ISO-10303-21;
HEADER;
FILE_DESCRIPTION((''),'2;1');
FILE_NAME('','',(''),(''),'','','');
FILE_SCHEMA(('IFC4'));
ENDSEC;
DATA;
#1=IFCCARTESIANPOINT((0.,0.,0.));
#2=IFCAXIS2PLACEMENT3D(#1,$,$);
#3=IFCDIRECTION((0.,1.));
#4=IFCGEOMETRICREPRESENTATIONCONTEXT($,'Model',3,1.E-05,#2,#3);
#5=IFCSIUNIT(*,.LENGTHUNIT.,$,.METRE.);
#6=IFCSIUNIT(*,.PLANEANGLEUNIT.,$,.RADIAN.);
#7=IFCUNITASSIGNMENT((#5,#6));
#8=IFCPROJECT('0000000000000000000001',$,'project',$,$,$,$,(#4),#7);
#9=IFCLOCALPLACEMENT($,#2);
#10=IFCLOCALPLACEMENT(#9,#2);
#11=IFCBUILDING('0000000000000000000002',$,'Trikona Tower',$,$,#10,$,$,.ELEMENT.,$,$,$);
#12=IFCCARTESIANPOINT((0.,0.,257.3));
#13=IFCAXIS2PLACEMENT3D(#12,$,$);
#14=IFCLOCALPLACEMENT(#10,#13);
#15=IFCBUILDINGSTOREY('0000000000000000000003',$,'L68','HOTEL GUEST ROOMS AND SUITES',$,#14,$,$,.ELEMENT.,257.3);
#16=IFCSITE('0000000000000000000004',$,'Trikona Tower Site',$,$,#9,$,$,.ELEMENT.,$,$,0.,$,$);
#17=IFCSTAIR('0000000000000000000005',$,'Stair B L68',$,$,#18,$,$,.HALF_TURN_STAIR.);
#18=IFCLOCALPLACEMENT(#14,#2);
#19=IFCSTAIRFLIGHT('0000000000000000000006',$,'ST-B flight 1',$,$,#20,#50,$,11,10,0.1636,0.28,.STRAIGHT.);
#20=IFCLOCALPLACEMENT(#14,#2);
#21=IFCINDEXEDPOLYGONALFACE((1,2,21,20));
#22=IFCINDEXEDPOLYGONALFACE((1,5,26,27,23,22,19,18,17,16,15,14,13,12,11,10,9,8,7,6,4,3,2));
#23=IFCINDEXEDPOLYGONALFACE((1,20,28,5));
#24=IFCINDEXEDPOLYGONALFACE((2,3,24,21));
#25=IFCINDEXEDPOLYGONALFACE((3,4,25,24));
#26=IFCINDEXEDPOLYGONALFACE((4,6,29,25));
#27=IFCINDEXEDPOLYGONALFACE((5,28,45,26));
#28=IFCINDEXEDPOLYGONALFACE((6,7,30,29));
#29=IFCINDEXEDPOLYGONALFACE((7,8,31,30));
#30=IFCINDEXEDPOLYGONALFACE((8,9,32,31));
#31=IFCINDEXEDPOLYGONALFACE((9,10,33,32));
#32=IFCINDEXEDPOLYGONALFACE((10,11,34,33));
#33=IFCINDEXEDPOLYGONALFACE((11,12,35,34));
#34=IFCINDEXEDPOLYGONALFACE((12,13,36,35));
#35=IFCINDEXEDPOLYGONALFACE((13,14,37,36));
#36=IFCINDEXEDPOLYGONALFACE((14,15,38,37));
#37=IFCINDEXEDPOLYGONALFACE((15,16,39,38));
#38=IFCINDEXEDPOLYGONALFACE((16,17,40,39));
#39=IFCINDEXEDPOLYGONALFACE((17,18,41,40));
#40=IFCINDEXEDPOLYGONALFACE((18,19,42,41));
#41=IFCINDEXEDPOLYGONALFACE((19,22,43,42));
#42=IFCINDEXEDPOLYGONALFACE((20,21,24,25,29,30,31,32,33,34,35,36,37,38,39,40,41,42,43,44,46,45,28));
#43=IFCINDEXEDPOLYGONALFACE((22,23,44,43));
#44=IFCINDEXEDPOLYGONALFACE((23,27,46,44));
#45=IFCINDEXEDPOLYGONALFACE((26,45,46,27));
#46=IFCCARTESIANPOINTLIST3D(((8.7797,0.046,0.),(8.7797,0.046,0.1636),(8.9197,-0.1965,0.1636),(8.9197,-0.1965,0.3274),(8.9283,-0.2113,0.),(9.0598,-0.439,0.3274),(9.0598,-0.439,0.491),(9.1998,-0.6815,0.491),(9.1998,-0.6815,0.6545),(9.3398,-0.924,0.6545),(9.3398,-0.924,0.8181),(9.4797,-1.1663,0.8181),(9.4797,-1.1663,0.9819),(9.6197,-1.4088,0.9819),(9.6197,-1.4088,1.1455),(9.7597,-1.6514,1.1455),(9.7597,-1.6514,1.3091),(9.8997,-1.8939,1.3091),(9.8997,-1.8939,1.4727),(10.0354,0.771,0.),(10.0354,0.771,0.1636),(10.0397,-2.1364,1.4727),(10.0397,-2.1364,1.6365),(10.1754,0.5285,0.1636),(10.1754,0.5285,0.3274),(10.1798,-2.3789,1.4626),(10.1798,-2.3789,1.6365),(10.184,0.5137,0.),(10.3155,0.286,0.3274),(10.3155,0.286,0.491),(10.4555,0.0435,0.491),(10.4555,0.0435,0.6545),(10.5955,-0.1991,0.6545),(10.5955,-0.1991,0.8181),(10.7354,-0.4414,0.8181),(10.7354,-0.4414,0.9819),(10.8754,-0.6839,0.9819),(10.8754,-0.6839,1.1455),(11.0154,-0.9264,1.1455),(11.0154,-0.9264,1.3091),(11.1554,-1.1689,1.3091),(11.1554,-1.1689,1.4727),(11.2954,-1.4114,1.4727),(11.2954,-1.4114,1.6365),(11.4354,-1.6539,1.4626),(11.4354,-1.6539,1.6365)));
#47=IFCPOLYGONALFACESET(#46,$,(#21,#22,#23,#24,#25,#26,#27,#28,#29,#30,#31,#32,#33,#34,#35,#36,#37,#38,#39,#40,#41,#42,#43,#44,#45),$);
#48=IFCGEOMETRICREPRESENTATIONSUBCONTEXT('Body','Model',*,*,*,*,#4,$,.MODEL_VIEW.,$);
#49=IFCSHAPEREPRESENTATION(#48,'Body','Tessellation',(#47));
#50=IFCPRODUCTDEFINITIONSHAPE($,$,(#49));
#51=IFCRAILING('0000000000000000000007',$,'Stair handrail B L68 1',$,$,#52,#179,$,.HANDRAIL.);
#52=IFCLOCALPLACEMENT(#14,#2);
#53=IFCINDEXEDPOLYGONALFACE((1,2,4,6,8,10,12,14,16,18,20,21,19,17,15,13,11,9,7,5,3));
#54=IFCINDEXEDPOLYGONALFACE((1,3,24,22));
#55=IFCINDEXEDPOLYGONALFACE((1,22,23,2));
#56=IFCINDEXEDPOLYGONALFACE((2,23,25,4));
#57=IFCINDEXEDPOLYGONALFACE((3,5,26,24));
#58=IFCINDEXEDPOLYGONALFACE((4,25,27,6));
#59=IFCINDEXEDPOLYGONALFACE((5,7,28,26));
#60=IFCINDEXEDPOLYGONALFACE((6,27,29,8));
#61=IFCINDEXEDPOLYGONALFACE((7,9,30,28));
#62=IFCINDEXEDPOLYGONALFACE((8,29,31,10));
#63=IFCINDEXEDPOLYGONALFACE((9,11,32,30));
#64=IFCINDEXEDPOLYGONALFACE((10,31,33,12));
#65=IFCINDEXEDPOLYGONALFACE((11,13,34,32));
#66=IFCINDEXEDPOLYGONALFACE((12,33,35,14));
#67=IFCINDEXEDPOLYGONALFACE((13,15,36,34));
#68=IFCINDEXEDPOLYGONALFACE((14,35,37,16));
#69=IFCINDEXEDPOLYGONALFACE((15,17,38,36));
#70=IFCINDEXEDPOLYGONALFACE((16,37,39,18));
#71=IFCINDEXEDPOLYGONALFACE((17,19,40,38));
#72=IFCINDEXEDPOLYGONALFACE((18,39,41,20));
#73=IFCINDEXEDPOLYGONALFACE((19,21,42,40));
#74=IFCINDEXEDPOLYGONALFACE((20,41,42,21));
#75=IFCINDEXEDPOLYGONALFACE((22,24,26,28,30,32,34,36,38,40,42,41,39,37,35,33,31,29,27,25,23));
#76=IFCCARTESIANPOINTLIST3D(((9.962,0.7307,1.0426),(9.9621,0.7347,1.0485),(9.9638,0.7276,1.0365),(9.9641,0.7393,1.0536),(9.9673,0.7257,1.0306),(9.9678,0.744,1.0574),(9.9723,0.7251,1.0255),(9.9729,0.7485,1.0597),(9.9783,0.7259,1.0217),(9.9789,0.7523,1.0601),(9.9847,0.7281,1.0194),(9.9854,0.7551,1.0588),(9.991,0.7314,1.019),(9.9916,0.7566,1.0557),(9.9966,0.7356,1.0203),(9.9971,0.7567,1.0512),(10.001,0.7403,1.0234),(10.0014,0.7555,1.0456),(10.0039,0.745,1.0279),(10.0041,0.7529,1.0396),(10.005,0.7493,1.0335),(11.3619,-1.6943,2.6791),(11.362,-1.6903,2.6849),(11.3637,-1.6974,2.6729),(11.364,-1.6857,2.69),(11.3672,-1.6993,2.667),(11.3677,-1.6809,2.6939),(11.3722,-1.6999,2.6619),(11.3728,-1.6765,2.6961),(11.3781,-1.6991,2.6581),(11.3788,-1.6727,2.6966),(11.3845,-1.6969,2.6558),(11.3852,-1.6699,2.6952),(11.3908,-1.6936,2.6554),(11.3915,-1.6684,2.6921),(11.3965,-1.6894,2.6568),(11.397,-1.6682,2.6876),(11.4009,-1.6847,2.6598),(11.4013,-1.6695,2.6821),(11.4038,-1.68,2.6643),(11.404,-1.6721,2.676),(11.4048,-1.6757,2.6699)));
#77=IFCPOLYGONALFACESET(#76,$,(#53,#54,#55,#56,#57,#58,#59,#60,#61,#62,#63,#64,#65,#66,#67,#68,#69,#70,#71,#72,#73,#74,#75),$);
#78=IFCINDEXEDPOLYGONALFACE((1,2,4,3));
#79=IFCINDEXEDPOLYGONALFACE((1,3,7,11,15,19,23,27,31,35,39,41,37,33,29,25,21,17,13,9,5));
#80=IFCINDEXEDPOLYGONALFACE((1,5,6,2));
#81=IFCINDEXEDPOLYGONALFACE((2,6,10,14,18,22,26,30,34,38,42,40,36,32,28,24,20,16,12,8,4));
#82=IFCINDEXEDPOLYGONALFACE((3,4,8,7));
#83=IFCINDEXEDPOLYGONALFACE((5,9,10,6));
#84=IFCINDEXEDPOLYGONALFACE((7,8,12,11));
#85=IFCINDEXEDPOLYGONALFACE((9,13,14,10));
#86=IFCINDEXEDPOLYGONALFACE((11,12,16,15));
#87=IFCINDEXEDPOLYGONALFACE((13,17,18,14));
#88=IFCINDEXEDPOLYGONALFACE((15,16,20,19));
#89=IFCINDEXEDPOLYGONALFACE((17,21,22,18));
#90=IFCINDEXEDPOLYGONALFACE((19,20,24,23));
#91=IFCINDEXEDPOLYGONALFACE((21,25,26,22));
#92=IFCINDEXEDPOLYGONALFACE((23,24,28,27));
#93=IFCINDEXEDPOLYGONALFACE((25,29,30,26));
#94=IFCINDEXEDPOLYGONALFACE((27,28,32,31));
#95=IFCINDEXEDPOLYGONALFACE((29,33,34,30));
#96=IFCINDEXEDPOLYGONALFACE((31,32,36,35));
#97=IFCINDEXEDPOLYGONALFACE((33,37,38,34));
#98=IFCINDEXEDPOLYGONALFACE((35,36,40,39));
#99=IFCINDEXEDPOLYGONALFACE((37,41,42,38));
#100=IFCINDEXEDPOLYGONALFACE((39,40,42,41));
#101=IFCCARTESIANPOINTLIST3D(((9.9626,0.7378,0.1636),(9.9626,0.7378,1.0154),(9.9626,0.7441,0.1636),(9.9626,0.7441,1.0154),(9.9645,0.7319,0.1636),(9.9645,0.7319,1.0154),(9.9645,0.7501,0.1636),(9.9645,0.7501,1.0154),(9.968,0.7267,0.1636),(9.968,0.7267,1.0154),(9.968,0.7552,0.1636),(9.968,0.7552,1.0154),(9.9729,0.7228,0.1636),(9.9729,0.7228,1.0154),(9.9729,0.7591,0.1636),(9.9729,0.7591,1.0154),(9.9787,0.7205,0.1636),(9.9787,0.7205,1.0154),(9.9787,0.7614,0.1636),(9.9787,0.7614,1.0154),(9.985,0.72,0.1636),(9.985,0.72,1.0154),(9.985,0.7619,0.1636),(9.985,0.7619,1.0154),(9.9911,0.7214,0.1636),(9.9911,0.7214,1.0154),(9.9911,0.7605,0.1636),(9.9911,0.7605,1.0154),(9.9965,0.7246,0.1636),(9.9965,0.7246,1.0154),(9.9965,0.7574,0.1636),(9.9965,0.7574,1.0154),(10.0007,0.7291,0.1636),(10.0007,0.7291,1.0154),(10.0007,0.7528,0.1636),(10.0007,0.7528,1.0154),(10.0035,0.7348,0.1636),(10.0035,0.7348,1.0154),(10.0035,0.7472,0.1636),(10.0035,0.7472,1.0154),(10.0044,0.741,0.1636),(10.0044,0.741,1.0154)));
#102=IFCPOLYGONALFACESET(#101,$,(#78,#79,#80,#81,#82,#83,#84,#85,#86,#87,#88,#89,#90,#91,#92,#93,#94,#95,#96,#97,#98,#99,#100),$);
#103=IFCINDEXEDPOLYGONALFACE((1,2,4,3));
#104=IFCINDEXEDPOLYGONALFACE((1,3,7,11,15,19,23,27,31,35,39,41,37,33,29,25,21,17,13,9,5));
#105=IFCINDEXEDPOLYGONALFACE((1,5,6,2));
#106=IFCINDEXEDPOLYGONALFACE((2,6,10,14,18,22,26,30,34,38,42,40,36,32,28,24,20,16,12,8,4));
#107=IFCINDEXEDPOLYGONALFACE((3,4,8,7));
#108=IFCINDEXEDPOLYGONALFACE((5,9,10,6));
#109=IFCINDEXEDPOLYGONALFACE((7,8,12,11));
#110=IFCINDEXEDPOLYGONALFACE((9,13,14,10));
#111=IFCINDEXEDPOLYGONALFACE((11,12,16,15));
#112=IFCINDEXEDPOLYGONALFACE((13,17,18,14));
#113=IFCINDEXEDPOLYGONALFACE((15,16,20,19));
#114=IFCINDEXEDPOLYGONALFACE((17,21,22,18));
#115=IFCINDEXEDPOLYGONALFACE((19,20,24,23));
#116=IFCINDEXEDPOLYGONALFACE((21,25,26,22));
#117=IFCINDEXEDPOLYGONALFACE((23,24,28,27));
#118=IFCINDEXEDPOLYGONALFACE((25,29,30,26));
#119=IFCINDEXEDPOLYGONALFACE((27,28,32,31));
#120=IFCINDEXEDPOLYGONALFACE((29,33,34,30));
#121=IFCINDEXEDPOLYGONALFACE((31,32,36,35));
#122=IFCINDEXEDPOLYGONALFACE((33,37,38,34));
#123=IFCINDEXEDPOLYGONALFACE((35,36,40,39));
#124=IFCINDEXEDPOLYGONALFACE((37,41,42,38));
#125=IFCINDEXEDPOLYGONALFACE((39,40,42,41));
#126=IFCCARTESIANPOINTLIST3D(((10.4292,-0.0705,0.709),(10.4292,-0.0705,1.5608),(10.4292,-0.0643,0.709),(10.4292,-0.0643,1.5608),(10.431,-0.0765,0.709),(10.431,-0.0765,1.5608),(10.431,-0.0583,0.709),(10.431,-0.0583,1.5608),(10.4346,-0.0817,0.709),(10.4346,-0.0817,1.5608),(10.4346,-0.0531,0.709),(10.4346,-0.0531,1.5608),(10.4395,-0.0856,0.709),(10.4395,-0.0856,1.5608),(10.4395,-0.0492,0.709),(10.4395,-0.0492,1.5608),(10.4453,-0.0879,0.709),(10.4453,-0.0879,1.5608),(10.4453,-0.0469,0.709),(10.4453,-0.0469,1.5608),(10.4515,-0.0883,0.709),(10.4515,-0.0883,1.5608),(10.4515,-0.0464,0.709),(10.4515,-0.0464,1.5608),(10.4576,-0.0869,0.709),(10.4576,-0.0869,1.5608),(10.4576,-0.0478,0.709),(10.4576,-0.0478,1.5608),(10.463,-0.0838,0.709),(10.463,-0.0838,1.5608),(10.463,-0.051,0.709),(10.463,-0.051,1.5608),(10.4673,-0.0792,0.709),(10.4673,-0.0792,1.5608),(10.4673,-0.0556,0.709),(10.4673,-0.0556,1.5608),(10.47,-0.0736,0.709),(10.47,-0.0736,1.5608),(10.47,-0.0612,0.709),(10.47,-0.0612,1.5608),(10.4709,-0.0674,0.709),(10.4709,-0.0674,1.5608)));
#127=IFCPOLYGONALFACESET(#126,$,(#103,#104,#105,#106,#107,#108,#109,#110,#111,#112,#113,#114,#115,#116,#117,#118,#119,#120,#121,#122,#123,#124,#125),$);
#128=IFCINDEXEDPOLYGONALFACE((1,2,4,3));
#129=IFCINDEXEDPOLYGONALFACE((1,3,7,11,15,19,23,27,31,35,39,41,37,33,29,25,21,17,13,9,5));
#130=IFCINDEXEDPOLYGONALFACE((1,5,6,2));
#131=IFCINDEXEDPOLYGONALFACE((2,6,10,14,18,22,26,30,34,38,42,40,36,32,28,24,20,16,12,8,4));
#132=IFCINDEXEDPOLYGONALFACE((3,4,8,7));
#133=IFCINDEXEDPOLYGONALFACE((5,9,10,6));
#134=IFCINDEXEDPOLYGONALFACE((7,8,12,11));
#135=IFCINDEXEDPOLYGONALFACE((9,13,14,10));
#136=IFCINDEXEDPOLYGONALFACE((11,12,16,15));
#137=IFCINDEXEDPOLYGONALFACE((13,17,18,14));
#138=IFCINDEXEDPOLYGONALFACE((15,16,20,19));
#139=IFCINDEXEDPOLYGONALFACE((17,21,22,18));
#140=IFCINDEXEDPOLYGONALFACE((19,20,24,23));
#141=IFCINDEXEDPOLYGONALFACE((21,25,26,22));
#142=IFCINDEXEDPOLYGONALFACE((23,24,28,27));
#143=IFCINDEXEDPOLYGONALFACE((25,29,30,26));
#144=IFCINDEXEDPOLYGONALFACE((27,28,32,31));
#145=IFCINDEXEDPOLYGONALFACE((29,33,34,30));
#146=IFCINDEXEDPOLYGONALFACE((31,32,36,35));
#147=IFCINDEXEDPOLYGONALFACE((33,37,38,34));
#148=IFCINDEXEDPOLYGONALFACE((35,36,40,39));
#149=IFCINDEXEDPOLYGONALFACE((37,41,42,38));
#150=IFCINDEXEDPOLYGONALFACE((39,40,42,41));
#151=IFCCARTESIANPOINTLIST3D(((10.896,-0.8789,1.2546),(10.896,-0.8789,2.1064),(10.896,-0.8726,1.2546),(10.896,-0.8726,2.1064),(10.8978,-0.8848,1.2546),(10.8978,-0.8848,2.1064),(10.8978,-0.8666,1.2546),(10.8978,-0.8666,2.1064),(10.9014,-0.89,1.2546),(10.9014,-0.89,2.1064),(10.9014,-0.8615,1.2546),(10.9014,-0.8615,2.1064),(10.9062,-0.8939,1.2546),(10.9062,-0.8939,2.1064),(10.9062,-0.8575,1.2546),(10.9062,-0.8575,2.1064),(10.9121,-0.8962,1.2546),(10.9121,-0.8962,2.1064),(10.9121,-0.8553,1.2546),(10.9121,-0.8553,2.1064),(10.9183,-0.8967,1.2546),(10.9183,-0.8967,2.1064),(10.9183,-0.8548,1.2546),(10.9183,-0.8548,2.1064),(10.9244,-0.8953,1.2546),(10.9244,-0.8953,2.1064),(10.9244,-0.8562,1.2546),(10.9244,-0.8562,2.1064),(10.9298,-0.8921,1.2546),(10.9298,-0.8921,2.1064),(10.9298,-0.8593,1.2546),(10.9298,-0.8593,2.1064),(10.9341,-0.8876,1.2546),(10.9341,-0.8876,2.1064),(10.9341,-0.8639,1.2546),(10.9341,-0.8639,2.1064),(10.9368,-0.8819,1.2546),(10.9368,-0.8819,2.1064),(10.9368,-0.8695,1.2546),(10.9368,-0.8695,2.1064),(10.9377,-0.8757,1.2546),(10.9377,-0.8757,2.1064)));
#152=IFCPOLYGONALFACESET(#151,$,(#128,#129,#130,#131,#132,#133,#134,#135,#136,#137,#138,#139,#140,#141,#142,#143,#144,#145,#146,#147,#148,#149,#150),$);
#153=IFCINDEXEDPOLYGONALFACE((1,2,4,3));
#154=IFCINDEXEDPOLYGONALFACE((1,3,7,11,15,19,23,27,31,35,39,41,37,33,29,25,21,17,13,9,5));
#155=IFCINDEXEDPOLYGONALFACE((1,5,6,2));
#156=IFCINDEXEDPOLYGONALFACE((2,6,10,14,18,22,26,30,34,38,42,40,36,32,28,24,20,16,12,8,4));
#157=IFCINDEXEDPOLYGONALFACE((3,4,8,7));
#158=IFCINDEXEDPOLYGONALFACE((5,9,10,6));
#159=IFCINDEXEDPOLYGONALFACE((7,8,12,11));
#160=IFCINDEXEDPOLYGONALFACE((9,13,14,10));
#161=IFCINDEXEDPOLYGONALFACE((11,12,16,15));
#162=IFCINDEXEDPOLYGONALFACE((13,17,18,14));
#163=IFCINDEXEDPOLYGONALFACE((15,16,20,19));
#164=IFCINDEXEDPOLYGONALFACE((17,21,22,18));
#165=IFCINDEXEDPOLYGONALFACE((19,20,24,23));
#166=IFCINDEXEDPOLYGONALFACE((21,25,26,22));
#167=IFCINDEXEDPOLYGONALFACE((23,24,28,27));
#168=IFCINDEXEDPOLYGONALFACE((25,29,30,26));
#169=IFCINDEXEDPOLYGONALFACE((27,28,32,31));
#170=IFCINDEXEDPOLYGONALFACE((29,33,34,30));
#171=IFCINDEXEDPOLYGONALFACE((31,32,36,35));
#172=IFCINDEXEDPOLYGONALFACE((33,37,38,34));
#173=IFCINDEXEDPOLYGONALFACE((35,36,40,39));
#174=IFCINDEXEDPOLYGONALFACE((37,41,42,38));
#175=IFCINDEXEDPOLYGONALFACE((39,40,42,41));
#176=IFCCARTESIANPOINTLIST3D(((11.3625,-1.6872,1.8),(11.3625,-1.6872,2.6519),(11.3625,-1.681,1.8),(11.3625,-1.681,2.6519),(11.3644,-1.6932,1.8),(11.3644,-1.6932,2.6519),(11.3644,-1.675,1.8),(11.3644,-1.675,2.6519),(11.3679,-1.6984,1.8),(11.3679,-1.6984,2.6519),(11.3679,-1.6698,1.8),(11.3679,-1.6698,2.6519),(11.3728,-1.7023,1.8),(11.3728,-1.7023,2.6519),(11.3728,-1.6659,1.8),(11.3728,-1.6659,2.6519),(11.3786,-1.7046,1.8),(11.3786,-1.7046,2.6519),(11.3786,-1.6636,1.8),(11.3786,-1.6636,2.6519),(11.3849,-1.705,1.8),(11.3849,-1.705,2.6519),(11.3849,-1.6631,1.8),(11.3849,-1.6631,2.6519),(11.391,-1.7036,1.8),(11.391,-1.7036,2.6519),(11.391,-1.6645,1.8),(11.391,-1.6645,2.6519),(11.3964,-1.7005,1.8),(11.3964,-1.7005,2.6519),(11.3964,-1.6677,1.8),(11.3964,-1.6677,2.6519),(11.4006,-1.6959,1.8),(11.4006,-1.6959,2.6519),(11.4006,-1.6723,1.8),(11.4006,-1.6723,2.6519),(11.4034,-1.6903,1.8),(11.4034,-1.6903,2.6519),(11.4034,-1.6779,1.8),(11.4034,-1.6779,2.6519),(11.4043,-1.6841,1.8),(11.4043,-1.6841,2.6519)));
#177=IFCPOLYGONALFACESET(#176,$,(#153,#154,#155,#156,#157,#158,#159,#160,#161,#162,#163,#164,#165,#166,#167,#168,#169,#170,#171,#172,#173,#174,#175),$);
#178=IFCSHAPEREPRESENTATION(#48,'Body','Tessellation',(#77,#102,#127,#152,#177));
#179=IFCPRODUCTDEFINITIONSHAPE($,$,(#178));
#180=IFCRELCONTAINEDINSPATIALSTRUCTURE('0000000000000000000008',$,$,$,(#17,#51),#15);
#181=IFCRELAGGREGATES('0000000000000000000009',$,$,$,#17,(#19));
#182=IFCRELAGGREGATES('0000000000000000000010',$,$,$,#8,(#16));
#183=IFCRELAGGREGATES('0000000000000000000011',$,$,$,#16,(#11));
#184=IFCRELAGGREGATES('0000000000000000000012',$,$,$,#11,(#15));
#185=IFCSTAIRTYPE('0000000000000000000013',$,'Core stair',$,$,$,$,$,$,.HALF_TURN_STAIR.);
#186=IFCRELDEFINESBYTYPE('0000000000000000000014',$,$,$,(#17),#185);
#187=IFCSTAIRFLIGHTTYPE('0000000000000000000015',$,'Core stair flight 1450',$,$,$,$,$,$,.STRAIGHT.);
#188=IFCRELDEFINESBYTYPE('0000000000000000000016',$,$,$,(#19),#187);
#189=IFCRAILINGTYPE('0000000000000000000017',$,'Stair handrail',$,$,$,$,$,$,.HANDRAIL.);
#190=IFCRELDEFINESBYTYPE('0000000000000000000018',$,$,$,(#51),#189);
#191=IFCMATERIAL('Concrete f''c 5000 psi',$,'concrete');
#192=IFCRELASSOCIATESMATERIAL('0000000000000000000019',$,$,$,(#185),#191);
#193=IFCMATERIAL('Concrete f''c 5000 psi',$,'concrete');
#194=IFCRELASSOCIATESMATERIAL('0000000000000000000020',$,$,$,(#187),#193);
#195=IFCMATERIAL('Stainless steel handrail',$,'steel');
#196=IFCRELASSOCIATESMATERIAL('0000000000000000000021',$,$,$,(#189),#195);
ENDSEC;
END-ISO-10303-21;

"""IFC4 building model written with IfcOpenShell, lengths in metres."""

from ifc_helpers import new_model, si_unit, direction, frame, origin, origin_2d, place, context, subcontext, project, spatial, polyline, circle, outline, extrude, material, type_object, element, aggregate, save


model = new_model("IFC4")

# Units and contexts
model_context = context("Model", 3, precision=1e-05, world=origin(), true_north=direction((0.0, 1.0)))
body_context = subcontext(model_context, "Body", "Model", "MODEL_VIEW")
ifc_project = project(units=[si_unit("LENGTHUNIT", "METRE"), si_unit("PLANEANGLEUNIT", "RADIAN")], contexts=[model_context])

# Site, building, storey
site_placement = place(None, origin())
site = spatial("IfcSite", under=ifc_project, at=site_placement, Name="Trikona Tower Site", CompositionType="ELEMENT", RefElevation=0.0)
building_placement = place(site_placement, origin())
building = spatial("IfcBuilding", under=site, at=building_placement, Name="Trikona Tower", CompositionType="ELEMENT")
storey_placement = place(building_placement, frame((0.0, 0.0, 257.3)))
storey = spatial("IfcBuildingStorey", under=building, at=storey_placement, Name="L68", Description="HOTEL GUEST ROOMS AND SUITES", CompositionType="ELEMENT", Elevation=257.3)

# Shared definitions
ifc_material_1 = material(Name="Concrete f'c 5000 psi", Category="concrete")
stair_type = type_object("IfcStairType", Name="Core stair", PredefinedType="HALF_TURN_STAIR", material=ifc_material_1)

# Stair, stair flight
stair_1_placement = place(storey_placement, origin())
stair_1 = element("IfcStair", 1, at=stair_1_placement, inside=storey, type_object=stair_type, Name="Stair B L68", PredefinedType="HALF_TURN_STAIR")
ifc_material_2 = material(Name="Concrete f'c 5000 psi", Category="concrete")
stair_flight_type = type_object("IfcStairFlightType", Name="Core stair flight 1450", PredefinedType="STRAIGHT", material=ifc_material_2)
stair_flight_placement = place(storey_placement, frame((9.4075, 0.4084, 0.0), z_axis=(0.0, 0.0, 1.0), x_axis=(0.5, -0.866025, 0.0)))
stair_flight = element("IfcStairFlight", 2, at=stair_flight_placement, type_object=stair_flight_type, Name="ST-B flight 1", NumberOfRisers=11, NumberOfTreads=10, PredefinedType="STRAIGHT", RiserHeight=0.1636, TreadLength=0.28, context=body_context, shape_type="SweptSolid", body=[
    extrude(outline(polyline([(0.0, 0.0), (0.0, 0.1636), (0.28, 0.1636), (0.28, 0.3274), (0.5601, 0.3274), (0.5601, 0.491), (0.8401, 0.491), (0.8401, 0.6545), (1.1201, 0.6545), (1.1201, 0.8181), (1.3999, 0.8181), (1.3999, 0.9819), (1.6799, 0.9819), (1.6799, 1.1455), (1.96, 1.1455), (1.96, 1.3091), (2.24, 1.3091), (2.24, 1.4727), (2.52, 1.4727), (2.52, 1.6365), (2.8, 1.6365), (2.8, 1.8), (2.8, 1.4626), (0.2971, 0.0), (0.0, 0.0)])), frame((0.0, 0.7251, 0.0), z_axis=(0.0, -1.0, 0.0), x_axis=(1.0, 0.0, 0.0)), (0.0, 0.0, 1.0), 1.45),
])
aggregate(stair_1, [stair_flight])

# Railing
ifc_material_3 = material(Name="Stainless steel handrail", Category="steel")
railing_type = type_object("IfcRailingType", Name="Stair handrail", PredefinedType="HANDRAIL", material=ifc_material_3)
railing_placement = place(storey_placement, frame((9.9834, 0.741, 0.1636)))
element("IfcRailing", 3, at=railing_placement, inside=storey, type_object=railing_type, Name="Stair handrail B L68 1", PredefinedType="HANDRAIL", context=body_context, shape_type="SweptSolid", body=[
    extrude(circle(Radius=0.0239, at=origin_2d()), frame((0.0, 0.0, 0.876), z_axis=(0.431636, -0.747723, 0.504579), x_axis=(0.866056, 0.499946, 0.0)), (0.0, 0.0, 1.0), 3.2432),
    extrude(circle(Radius=0.021, at=origin_2d()), origin(), (0.0, 0.0, 1.0), 0.8518),
    extrude(circle(Radius=0.021, at=origin_2d()), frame((0.4666, -0.8083, 0.5454)), (0.0, 0.0, 1.0), 0.8518),
    extrude(circle(Radius=0.021, at=origin_2d()), frame((0.9333, -1.6167, 1.0911)), (0.0, 0.0, 1.0), 0.8518),
    extrude(circle(Radius=0.021, at=origin_2d()), frame((1.3999, -2.425, 1.6365)), (0.0, 0.0, 1.0), 0.8518),
])

save(model, "model.ifc")
